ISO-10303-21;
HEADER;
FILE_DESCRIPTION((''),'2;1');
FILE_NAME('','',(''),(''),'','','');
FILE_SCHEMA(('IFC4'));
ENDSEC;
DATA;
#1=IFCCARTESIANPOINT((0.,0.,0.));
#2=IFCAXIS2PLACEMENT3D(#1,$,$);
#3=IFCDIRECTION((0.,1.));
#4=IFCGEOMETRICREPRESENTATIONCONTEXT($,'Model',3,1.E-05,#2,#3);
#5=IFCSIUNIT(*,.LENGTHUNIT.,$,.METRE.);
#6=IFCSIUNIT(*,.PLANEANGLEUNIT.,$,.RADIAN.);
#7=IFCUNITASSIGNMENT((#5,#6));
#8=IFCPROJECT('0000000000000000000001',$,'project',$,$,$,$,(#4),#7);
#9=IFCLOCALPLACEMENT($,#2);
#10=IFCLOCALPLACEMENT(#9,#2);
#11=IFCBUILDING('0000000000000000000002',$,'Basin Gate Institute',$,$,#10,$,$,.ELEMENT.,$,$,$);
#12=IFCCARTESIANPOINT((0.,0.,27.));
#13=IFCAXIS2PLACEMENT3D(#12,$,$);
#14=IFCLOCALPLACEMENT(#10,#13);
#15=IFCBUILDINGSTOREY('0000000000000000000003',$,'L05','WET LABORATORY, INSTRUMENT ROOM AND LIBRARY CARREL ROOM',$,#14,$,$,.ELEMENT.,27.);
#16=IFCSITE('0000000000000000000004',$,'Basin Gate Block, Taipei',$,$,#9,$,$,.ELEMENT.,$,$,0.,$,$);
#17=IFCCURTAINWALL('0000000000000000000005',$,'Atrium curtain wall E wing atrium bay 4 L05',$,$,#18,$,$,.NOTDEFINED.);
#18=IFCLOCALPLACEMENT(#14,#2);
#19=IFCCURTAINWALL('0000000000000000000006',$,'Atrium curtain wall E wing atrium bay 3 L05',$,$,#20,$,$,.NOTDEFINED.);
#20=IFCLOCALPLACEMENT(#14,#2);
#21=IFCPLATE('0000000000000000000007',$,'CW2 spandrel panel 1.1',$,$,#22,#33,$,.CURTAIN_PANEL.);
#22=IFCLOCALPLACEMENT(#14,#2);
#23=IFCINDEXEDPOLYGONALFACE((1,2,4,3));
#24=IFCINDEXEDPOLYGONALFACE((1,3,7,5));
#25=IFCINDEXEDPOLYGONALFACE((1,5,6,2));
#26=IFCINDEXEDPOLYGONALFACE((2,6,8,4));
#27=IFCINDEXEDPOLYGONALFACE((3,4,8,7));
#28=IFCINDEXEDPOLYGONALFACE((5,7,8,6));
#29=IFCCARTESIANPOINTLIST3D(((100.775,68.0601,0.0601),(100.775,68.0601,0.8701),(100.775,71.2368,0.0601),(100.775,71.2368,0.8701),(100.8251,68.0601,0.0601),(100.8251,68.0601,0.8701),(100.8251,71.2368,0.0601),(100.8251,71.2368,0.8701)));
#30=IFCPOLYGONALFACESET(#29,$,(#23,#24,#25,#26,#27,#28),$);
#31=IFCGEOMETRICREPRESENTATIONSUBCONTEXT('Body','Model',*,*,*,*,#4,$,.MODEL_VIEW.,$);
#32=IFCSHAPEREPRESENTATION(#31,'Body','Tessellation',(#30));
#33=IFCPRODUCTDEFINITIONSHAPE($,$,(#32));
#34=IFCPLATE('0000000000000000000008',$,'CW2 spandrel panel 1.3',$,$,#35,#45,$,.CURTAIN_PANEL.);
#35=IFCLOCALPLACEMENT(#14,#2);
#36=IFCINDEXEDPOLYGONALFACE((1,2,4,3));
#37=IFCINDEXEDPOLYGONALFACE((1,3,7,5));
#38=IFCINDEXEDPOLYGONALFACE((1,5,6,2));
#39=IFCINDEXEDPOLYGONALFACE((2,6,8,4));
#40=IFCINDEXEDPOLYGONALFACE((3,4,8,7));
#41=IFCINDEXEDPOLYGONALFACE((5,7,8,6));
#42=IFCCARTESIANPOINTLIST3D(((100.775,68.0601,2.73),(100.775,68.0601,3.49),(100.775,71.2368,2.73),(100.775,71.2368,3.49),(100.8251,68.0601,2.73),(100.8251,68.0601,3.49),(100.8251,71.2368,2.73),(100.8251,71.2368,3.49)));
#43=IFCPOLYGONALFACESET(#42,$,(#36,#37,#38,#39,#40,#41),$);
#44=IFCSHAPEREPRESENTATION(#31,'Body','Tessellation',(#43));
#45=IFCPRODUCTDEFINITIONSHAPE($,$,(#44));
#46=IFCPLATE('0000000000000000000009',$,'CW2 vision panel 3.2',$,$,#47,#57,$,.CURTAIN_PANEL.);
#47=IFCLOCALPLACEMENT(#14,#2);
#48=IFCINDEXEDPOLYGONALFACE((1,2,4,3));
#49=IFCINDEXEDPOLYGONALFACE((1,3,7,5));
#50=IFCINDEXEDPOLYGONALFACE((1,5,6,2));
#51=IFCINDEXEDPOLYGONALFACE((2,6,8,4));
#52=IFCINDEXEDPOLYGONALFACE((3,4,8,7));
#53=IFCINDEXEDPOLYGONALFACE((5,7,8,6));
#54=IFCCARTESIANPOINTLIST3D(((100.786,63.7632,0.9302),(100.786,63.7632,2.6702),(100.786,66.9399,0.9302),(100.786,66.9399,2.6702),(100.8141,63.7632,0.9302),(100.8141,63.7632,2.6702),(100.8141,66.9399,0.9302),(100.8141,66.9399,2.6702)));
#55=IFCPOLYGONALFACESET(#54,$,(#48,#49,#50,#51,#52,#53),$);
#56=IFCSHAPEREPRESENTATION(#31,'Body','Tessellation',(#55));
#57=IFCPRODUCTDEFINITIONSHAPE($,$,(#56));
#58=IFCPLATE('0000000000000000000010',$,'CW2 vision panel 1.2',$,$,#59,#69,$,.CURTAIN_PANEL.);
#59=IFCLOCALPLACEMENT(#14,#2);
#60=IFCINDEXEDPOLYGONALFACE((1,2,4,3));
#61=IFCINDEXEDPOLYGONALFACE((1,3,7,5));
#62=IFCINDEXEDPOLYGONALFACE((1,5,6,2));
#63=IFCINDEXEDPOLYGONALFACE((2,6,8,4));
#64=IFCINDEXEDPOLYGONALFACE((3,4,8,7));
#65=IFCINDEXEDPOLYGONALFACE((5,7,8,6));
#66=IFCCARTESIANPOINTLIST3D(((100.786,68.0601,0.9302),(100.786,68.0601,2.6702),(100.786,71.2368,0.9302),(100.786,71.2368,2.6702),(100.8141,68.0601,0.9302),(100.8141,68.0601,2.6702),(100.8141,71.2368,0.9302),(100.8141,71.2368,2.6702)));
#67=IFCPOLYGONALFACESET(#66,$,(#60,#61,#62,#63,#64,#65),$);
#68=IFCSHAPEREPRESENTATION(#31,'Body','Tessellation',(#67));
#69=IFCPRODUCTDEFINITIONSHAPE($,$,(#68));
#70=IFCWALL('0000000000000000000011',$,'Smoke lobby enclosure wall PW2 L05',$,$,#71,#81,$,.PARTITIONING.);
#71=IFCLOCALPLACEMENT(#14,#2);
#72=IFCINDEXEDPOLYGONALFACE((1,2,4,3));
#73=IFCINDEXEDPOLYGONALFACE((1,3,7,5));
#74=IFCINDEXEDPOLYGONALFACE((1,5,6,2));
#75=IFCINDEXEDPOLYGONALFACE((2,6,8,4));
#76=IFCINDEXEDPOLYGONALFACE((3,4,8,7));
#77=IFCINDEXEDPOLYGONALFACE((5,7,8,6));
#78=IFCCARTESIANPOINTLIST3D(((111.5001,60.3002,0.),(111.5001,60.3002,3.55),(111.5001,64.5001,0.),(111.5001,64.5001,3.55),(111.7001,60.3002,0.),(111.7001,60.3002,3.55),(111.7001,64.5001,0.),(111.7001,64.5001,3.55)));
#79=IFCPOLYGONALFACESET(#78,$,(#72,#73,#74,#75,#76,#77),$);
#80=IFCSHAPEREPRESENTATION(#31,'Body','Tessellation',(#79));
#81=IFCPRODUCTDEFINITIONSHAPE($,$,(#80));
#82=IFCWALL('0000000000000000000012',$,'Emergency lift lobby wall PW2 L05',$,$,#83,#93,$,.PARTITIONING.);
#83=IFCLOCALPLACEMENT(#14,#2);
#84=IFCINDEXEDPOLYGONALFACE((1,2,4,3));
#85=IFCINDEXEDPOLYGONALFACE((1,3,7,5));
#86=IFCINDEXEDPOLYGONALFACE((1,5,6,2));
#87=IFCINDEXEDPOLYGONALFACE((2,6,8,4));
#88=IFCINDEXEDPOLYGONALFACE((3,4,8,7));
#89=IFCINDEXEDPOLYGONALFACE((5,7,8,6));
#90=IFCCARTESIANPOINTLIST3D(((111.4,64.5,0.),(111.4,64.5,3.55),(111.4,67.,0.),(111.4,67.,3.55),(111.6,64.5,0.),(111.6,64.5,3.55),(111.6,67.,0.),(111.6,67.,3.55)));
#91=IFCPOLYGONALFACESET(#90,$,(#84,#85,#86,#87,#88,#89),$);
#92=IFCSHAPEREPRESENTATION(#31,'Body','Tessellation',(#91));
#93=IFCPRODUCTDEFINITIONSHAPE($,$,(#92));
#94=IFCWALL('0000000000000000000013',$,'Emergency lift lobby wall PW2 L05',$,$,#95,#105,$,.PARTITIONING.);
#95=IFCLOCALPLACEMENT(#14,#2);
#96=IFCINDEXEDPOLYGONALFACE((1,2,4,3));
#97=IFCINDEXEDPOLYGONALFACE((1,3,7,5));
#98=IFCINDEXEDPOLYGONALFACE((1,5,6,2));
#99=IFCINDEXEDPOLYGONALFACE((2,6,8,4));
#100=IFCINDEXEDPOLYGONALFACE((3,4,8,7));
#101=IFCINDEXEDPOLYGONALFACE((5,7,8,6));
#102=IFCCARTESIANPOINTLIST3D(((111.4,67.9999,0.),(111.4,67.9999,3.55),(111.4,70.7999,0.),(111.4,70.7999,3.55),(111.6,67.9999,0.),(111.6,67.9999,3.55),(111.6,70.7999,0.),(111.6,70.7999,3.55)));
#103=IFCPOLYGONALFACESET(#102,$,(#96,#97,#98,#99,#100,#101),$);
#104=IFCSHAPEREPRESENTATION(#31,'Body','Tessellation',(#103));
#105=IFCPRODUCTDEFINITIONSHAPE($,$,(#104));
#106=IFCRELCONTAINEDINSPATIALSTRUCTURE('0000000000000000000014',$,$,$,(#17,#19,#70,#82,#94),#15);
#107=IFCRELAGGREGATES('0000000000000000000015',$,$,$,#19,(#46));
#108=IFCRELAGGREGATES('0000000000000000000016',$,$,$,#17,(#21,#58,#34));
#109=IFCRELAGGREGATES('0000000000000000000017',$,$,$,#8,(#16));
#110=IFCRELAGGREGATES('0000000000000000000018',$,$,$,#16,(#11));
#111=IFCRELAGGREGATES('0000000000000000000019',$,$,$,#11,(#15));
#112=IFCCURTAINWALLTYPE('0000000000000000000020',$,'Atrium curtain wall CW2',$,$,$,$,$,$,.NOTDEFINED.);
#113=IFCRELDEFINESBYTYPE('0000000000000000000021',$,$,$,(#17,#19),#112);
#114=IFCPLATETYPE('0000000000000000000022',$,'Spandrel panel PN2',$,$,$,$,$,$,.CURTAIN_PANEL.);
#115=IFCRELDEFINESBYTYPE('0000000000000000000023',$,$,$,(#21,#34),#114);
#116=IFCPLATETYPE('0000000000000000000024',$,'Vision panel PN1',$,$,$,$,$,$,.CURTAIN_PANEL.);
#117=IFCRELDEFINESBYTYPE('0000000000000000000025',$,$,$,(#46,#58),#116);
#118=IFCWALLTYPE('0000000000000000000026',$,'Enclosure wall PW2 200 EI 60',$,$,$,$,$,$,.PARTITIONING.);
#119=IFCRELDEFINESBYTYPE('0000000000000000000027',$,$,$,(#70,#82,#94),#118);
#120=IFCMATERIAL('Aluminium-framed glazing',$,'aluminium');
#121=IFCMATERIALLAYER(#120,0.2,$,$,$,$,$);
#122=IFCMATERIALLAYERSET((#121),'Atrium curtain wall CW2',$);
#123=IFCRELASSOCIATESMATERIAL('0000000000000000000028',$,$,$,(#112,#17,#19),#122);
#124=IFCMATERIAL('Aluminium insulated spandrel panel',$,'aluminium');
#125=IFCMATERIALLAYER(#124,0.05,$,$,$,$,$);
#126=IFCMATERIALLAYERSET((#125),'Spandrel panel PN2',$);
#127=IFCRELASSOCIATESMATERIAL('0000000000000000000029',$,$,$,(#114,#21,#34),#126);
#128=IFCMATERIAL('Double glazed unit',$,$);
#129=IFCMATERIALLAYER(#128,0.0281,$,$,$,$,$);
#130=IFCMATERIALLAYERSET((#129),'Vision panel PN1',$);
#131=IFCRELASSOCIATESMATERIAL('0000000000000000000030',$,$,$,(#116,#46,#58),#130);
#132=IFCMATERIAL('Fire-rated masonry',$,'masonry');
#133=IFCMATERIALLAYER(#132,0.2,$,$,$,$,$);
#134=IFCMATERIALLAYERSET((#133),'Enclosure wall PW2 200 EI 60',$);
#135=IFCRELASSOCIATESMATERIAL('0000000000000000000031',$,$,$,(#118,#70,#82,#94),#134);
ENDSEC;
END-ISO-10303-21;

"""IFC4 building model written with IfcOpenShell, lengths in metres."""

from ifc_helpers import new_model, si_unit, direction, frame, frame_2d, origin, origin_2d, place, context, subcontext, project, spatial, rectangle, extrude, material, layer, layer_set, type_object, element, aggregate, save


model = new_model("IFC4")

# Units and contexts
model_context = context("Model", 3, precision=1e-05, world=origin(), true_north=direction((0.0, 1.0)))
body_context = subcontext(model_context, "Body", "Model", "MODEL_VIEW")
ifc_project = project(units=[si_unit("LENGTHUNIT", "METRE"), si_unit("PLANEANGLEUNIT", "RADIAN")], contexts=[model_context])

# Site, building, storey
site_placement = place(None, origin())
site = spatial("IfcSite", under=ifc_project, at=site_placement, Name="Basin Gate Block, Taipei", CompositionType="ELEMENT", RefElevation=0.0)
building_placement = place(site_placement, origin())
building = spatial("IfcBuilding", under=site, at=building_placement, Name="Basin Gate Institute", CompositionType="ELEMENT")
storey_placement = place(building_placement, frame((0.0, 0.0, 27.0)))
storey = spatial("IfcBuildingStorey", under=building, at=storey_placement, Name="L05", Description="WET LABORATORY, INSTRUMENT ROOM AND LIBRARY CARREL ROOM", CompositionType="ELEMENT", Elevation=27.0)

# Curtain wall
ifc_material_1 = material(Name="Aluminium-framed glazing", Category="aluminium")
ifc_layer_1 = layer(ifc_material_1, 0.2)
ifc_layer_set_1 = layer_set([ifc_layer_1], Name="Atrium curtain wall CW2")
curtain_wall_type = type_object("IfcCurtainWallType", Name="Atrium curtain wall CW2", PredefinedType="NOTDEFINED", material=ifc_layer_set_1)
curtain_wall_1_placement = place(storey_placement, origin())
curtain_wall_1 = element("IfcCurtainWall", 1, at=curtain_wall_1_placement, inside=storey, type_object=curtain_wall_type, material=ifc_layer_set_1, Name="Atrium curtain wall E wing atrium bay 4 L05", PredefinedType="NOTDEFINED")

# Curtain wall
curtain_wall_2_placement = place(storey_placement, origin())
curtain_wall_2 = element("IfcCurtainWall", 2, at=curtain_wall_2_placement, inside=storey, type_object=curtain_wall_type, material=ifc_layer_set_1, Name="Atrium curtain wall E wing atrium bay 3 L05", PredefinedType="NOTDEFINED")
ifc_material_2 = material(Name="Aluminium insulated spandrel panel", Category="aluminium")
ifc_layer_2 = layer(ifc_material_2, 0.05)
ifc_layer_set_2 = layer_set([ifc_layer_2], Name="Spandrel panel PN2")
plate_type_1 = type_object("IfcPlateType", Name="Spandrel panel PN2", PredefinedType="CURTAIN_PANEL", material=ifc_layer_set_2)

# Plates
plate_1_placement = place(storey_placement, frame((100.8, 69.6484, 0.0601), z_axis=(0.0, 0.0, 1.0), x_axis=(0.0, 1.0, 0.0)))
plate_1 = element("IfcPlate", 3, at=plate_1_placement, type_object=plate_type_1, material=ifc_layer_set_2, Name="CW2 spandrel panel 1.1", PredefinedType="CURTAIN_PANEL", context=body_context, shape_type="SweptSolid", body=[
    extrude(rectangle(XDim=3.1768, YDim=0.05, at=origin_2d()), origin(), (0.0, 0.0, 1.0), 0.8101),
])
plate_2_placement = place(storey_placement, frame((100.8, 69.6484, 2.73), z_axis=(0.0, 0.0, 1.0), x_axis=(0.0, 1.0, 0.0)))
plate_2 = element("IfcPlate", 4, at=plate_2_placement, type_object=plate_type_1, material=ifc_layer_set_2, Name="CW2 spandrel panel 1.3", PredefinedType="CURTAIN_PANEL", context=body_context, shape_type="SweptSolid", body=[
    extrude(rectangle(XDim=3.1768, YDim=0.05, at=origin_2d()), origin(), (0.0, 0.0, 1.0), 0.76),
])
ifc_material_3 = material(Name="Double glazed unit")
ifc_layer_3 = layer(ifc_material_3, 0.0281)
ifc_layer_set_3 = layer_set([ifc_layer_3], Name="Vision panel PN1")
plate_type_2 = type_object("IfcPlateType", Name="Vision panel PN1", PredefinedType="CURTAIN_PANEL", material=ifc_layer_set_3)
plate_3_placement = place(storey_placement, frame((100.8, 65.3516, 0.9302), z_axis=(0.0, 0.0, 1.0), x_axis=(0.0, 1.0, 0.0)))
plate_3 = element("IfcPlate", 5, at=plate_3_placement, type_object=plate_type_2, material=ifc_layer_set_3, Name="CW2 vision panel 3.2", PredefinedType="CURTAIN_PANEL", context=body_context, shape_type="SweptSolid", body=[
    extrude(rectangle(XDim=3.1768, YDim=0.0281, at=origin_2d()), origin(), (0.0, 0.0, 1.0), 1.74),
])
aggregate(curtain_wall_2, [plate_3])
plate_4_placement = place(storey_placement, frame((100.8, 69.6484, 0.9302), z_axis=(0.0, 0.0, 1.0), x_axis=(0.0, 1.0, 0.0)))
plate_4 = element("IfcPlate", 6, at=plate_4_placement, type_object=plate_type_2, material=ifc_layer_set_3, Name="CW2 vision panel 1.2", PredefinedType="CURTAIN_PANEL", context=body_context, shape_type="SweptSolid", body=[
    extrude(rectangle(XDim=3.1768, YDim=0.0281, at=origin_2d()), origin(), (0.0, 0.0, 1.0), 1.74),
])
aggregate(curtain_wall_1, [plate_1, plate_4, plate_2])

# Walls
ifc_material_4 = material(Name="Fire-rated masonry", Category="masonry")
ifc_layer_4 = layer(ifc_material_4, 0.2)
ifc_layer_set_4 = layer_set([ifc_layer_4], Name="Enclosure wall PW2 200 EI 60")
wall_type = type_object("IfcWallType", Name="Enclosure wall PW2 200 EI 60", PredefinedType="PARTITIONING", material=ifc_layer_set_4)
wall_1_placement = place(storey_placement, frame((111.6001, 60.3, 0.0), z_axis=(0.0, 0.0, 1.0), x_axis=(0.0, 1.0, 0.0)))
element("IfcWall", 7, at=wall_1_placement, inside=storey, type_object=wall_type, material=ifc_layer_set_4, Name="Smoke lobby enclosure wall PW2 L05", PredefinedType="PARTITIONING", context=body_context, shape_type="SweptSolid", body=[
    extrude(rectangle(XDim=4.2, YDim=0.2, at=frame_2d((2.1001, 0.0))), origin(), (0.0, 0.0, 1.0), 3.55),
])
wall_2_placement = place(storey_placement, frame((111.5, 64.5, 0.0), z_axis=(0.0, 0.0, 1.0), x_axis=(0.0, 1.0, 0.0)))
element("IfcWall", 8, at=wall_2_placement, inside=storey, type_object=wall_type, material=ifc_layer_set_4, Name="Emergency lift lobby wall PW2 L05", PredefinedType="PARTITIONING", context=body_context, shape_type="SweptSolid", body=[
    extrude(rectangle(XDim=2.5, YDim=0.2, at=frame_2d((1.25, 0.0))), origin(), (0.0, 0.0, 1.0), 3.55),
])
wall_3_placement = place(storey_placement, frame((111.5, 68.0, 0.0), z_axis=(0.0, 0.0, 1.0), x_axis=(0.0, 1.0, 0.0)))
element("IfcWall", 9, at=wall_3_placement, inside=storey, type_object=wall_type, material=ifc_layer_set_4, Name="Emergency lift lobby wall PW2 L05", PredefinedType="PARTITIONING", context=body_context, shape_type="SweptSolid", body=[
    extrude(rectangle(XDim=2.8, YDim=0.2, at=frame_2d((1.3999, 0.0))), origin(), (0.0, 0.0, 1.0), 3.55),
])

save(model, "model.ifc")
